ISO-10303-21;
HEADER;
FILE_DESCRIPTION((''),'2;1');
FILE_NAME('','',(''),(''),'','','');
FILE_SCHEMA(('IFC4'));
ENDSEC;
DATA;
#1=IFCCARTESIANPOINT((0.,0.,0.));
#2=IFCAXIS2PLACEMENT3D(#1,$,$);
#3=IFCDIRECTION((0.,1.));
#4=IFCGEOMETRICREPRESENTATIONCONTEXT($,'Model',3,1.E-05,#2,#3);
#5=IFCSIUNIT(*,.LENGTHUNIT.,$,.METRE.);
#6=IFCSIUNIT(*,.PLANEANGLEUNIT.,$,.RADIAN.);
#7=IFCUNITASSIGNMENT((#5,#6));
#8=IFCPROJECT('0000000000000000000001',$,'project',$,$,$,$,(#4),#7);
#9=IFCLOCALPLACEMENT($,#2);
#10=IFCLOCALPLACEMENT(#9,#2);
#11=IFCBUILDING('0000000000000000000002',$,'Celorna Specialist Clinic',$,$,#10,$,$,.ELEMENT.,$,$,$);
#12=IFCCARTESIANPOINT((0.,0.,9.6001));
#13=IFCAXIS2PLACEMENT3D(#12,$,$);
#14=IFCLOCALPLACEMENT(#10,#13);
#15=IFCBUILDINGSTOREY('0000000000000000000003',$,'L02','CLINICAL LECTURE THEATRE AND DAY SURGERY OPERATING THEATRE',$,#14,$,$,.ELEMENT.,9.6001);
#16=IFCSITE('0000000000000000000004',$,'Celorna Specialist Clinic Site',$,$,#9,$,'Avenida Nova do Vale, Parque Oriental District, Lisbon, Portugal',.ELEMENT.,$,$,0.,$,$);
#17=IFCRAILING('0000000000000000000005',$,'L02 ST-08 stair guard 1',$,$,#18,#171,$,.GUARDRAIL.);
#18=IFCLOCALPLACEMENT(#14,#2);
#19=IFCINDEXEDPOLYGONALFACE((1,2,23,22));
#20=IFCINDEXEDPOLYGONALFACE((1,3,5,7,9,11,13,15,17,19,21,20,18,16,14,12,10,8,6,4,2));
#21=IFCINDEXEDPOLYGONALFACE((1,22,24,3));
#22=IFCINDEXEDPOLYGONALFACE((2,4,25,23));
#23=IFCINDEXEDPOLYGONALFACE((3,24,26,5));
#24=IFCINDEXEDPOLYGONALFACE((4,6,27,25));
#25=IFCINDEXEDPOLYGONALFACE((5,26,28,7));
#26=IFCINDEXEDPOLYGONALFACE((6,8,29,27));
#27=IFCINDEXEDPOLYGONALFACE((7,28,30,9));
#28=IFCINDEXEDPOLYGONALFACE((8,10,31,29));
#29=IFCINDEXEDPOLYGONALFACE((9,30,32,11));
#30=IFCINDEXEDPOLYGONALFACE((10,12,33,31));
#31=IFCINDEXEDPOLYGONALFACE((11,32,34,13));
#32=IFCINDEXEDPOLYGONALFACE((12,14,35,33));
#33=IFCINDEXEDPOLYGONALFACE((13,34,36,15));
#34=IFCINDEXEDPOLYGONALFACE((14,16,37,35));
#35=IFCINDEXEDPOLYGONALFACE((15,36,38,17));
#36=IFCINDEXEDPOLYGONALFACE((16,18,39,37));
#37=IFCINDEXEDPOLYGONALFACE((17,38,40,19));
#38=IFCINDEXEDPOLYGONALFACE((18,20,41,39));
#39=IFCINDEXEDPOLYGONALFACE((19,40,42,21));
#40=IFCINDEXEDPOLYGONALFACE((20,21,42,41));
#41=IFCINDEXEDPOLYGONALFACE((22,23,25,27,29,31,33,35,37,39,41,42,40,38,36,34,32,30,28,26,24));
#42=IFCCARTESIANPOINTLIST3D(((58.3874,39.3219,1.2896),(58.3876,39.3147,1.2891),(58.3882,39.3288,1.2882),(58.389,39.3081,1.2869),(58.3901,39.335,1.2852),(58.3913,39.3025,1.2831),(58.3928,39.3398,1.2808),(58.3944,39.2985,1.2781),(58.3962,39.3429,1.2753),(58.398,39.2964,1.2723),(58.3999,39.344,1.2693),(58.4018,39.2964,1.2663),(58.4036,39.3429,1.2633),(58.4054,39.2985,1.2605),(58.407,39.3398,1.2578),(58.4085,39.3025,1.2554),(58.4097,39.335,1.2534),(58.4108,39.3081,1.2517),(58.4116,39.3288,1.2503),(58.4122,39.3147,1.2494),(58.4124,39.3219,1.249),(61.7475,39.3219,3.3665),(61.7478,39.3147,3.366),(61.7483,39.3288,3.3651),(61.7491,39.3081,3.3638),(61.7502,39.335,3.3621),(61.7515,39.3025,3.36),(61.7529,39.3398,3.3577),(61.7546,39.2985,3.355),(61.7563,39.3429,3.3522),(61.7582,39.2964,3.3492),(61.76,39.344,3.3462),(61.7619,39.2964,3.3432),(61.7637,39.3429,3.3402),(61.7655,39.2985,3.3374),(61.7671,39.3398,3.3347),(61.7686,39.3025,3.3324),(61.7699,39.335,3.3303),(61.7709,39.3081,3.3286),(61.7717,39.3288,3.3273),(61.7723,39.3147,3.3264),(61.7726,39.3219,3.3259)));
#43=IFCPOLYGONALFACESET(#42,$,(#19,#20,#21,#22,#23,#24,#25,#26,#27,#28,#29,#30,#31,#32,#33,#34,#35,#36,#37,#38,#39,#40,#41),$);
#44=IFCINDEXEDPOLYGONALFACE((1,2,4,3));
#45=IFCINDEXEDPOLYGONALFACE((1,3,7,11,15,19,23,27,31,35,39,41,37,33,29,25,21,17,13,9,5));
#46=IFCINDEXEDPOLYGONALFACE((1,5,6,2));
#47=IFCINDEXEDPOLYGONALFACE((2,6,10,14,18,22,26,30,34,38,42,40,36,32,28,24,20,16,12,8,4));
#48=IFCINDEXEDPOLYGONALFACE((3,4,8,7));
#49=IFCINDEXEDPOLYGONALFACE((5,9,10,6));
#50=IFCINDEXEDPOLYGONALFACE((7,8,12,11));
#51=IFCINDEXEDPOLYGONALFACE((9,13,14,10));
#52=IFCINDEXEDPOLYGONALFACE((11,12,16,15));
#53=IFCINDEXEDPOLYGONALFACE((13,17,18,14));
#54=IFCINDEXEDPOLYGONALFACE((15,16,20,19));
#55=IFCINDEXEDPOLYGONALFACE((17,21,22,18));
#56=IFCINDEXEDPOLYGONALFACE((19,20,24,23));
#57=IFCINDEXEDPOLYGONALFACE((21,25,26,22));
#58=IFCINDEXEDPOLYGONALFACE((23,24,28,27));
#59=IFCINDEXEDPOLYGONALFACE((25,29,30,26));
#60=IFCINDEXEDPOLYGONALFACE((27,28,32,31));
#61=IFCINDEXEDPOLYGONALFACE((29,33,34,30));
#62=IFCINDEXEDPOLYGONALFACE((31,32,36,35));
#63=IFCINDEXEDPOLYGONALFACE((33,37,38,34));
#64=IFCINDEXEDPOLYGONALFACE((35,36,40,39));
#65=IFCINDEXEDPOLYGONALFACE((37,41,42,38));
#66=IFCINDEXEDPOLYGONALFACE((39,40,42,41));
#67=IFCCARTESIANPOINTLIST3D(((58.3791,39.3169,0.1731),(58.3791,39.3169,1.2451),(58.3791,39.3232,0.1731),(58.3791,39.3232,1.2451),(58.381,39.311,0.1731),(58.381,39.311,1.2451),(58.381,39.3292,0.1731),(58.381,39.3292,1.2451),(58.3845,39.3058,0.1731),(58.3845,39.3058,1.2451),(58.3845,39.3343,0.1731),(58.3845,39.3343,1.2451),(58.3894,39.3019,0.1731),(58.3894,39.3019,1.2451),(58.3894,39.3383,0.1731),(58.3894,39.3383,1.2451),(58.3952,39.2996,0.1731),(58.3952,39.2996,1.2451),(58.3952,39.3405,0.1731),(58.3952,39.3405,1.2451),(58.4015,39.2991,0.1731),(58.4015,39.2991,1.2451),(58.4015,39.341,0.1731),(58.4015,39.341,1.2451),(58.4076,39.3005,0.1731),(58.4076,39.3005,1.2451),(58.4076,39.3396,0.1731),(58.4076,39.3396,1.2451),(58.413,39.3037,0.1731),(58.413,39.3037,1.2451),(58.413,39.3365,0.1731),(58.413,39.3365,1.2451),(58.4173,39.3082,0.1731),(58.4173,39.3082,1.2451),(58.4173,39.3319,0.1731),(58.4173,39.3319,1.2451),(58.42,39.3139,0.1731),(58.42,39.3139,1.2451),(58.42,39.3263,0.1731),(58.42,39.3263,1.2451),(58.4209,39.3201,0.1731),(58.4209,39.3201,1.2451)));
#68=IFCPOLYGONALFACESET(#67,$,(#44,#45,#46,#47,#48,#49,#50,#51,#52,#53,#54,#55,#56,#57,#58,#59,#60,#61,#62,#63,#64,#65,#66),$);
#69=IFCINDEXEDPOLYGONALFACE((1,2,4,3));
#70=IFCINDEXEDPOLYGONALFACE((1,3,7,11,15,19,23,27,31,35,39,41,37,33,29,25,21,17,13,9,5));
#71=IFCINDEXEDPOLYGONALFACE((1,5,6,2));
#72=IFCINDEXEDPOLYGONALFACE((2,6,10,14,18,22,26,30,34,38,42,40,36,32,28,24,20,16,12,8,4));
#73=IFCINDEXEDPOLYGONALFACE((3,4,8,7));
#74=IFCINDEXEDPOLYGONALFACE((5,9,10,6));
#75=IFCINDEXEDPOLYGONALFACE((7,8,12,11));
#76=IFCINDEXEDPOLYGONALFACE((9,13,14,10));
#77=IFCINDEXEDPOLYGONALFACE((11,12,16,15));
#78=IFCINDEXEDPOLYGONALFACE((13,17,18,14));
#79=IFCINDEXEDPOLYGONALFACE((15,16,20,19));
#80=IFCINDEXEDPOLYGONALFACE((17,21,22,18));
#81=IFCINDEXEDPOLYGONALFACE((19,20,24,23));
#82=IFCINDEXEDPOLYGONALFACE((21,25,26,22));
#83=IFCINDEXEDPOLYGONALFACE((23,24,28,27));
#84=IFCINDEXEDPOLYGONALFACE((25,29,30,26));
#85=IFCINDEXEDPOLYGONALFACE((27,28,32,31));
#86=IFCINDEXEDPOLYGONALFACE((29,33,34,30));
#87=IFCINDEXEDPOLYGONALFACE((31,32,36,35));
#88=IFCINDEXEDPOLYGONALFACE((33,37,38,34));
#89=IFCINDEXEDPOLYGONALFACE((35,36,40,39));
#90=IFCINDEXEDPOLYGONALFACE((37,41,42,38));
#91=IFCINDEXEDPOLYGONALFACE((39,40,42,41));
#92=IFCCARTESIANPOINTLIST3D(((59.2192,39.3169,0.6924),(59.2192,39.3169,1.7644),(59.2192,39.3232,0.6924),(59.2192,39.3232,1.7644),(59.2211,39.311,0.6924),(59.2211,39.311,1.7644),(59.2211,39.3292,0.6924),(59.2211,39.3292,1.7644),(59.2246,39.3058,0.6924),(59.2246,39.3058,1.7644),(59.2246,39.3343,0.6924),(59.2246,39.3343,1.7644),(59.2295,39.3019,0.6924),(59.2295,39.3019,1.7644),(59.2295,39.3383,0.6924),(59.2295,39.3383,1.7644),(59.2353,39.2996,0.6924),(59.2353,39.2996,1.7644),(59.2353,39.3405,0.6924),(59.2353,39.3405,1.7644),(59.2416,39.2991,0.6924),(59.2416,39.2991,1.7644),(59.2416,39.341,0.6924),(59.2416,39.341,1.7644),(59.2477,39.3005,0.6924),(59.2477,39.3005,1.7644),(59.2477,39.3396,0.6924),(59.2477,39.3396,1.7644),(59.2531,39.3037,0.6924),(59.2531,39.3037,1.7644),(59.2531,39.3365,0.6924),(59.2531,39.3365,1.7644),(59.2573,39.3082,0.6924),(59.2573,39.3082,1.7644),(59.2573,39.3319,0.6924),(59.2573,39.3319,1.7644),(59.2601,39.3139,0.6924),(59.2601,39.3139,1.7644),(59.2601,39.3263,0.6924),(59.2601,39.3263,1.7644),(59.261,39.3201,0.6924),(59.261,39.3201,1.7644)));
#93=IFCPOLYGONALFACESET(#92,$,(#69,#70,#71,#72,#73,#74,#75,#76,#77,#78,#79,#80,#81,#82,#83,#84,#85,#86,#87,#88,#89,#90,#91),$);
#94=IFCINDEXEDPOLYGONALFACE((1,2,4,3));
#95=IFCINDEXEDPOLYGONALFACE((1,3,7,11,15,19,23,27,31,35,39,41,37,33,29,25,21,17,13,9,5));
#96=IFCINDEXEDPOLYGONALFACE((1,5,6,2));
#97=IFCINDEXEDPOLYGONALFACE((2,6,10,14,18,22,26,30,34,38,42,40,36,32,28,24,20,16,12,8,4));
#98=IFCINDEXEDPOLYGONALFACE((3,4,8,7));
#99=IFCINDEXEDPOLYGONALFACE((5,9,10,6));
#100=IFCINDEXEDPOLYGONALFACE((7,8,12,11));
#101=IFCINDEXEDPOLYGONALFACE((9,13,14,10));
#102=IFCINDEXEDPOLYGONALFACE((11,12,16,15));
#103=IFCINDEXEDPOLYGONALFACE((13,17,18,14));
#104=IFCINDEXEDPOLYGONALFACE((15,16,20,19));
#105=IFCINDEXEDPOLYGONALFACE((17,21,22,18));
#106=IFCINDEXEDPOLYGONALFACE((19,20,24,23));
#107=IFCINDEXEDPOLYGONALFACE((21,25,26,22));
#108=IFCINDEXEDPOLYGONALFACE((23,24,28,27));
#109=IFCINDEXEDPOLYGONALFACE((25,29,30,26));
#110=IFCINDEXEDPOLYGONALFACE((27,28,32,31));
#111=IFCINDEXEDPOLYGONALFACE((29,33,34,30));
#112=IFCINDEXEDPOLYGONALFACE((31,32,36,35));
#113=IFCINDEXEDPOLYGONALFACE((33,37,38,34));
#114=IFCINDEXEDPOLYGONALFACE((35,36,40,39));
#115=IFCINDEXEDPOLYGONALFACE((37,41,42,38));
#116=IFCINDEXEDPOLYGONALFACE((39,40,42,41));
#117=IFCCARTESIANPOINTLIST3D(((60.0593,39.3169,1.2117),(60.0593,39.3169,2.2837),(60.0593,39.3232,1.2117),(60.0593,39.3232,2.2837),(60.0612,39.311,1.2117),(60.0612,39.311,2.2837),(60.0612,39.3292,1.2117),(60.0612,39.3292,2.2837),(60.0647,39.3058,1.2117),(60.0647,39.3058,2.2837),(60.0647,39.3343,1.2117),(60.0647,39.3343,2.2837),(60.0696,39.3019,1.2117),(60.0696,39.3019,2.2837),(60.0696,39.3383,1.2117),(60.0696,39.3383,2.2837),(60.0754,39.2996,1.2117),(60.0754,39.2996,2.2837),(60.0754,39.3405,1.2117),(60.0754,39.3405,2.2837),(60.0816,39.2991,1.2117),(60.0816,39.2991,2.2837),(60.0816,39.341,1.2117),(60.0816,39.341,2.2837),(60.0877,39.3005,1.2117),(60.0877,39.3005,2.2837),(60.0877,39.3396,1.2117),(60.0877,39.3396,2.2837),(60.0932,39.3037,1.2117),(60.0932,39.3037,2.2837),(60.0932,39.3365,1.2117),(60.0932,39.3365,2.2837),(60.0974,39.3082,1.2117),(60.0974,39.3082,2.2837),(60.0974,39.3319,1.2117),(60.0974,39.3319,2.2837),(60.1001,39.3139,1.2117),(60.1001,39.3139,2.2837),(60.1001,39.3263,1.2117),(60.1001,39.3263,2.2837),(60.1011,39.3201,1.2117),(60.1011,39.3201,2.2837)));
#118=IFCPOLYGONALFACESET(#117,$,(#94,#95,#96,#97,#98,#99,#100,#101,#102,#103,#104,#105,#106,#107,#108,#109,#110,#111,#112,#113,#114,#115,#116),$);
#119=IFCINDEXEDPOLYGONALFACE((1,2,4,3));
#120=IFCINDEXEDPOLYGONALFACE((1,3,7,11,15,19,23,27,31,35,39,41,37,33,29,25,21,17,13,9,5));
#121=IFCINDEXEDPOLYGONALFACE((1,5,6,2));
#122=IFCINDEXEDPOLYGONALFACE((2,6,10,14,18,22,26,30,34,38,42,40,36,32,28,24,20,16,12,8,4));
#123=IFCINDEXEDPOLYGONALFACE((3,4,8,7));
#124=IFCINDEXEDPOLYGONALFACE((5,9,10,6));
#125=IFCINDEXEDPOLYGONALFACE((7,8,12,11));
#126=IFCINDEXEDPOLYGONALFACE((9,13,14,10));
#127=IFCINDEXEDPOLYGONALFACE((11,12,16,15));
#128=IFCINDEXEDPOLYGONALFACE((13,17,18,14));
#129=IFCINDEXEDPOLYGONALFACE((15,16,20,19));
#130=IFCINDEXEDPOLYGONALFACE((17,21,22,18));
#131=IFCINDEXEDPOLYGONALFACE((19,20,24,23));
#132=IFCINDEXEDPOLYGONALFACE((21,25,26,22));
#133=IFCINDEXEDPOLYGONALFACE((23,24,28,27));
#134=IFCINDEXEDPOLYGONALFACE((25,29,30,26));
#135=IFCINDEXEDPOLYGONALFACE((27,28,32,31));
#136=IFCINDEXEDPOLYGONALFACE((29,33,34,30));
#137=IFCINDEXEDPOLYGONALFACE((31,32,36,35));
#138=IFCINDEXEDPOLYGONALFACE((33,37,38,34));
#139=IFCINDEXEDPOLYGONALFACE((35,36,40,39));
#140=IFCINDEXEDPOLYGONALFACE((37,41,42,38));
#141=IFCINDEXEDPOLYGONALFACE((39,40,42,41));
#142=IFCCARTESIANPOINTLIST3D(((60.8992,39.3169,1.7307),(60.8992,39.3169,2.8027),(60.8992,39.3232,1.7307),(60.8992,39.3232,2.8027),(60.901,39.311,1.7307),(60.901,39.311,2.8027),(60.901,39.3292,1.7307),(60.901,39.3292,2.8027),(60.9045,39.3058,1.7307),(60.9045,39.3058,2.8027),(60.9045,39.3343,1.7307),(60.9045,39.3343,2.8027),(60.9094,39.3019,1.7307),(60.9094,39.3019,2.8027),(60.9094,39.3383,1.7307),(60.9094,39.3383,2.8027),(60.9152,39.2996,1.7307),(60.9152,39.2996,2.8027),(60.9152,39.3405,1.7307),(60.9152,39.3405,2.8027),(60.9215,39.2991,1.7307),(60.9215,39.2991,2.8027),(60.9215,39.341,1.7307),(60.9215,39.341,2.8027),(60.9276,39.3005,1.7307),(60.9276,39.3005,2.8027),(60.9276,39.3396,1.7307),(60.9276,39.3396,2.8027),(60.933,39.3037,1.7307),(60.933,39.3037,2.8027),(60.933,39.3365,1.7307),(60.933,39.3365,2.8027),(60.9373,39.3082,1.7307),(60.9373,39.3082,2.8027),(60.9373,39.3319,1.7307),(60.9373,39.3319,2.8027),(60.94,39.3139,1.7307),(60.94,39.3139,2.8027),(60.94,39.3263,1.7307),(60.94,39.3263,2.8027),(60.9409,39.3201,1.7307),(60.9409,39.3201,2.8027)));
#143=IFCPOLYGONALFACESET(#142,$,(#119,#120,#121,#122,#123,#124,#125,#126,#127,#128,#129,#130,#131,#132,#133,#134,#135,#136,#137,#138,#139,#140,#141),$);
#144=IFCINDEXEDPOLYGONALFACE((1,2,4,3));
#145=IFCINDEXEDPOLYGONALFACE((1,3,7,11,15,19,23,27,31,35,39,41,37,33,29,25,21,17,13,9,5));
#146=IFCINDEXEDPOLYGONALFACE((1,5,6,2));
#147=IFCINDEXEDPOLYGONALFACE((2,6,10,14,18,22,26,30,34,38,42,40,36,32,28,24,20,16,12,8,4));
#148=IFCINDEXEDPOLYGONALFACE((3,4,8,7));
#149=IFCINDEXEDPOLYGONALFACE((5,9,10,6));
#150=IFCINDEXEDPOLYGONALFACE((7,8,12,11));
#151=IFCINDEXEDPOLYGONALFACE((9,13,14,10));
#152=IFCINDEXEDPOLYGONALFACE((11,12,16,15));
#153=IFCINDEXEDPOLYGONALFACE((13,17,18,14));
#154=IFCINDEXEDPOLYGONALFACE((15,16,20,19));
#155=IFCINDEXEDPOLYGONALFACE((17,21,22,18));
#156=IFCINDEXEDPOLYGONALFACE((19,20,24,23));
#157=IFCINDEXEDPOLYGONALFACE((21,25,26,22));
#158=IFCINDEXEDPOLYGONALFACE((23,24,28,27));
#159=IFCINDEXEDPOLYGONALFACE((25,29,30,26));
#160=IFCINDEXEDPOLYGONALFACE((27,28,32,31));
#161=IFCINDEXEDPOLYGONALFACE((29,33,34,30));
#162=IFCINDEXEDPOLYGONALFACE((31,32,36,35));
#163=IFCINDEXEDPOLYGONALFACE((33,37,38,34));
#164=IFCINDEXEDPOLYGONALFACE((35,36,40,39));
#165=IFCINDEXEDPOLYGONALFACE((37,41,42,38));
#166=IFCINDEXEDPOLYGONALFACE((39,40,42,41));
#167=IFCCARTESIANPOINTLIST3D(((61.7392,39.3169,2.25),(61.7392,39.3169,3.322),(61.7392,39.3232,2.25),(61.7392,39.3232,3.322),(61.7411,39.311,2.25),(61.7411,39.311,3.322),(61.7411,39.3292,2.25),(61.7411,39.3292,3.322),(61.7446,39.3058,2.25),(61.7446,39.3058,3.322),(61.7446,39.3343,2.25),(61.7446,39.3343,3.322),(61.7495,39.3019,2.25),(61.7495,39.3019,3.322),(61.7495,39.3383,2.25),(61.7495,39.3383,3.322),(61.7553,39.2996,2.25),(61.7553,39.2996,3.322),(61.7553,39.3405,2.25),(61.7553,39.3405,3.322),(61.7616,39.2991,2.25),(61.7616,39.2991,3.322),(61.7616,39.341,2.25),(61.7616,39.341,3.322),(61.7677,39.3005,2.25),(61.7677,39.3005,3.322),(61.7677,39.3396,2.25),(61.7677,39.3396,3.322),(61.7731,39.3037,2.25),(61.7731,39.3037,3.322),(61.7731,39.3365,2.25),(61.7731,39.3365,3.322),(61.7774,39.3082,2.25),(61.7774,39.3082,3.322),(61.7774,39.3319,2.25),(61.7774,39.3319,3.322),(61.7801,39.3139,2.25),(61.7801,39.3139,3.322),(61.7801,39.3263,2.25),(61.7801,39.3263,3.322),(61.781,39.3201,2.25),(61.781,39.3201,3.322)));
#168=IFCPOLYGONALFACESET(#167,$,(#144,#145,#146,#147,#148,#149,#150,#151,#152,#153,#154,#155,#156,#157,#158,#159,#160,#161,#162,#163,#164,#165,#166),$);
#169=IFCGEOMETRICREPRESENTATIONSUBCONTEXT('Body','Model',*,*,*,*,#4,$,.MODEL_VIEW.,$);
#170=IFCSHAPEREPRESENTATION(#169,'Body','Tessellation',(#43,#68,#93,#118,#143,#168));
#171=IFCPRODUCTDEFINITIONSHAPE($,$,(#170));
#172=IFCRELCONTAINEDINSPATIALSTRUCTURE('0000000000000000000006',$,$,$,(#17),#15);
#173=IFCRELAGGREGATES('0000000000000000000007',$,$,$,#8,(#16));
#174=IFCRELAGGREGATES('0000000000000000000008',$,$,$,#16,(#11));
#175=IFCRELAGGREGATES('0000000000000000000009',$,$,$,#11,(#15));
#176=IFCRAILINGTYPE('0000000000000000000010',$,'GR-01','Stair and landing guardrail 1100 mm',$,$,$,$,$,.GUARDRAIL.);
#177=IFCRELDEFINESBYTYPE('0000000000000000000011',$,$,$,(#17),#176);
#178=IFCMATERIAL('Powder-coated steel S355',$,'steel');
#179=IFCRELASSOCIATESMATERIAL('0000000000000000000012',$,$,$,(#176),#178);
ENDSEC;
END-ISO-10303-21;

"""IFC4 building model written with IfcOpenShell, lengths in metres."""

from ifc_helpers import new_model, si_unit, direction, frame, origin, origin_2d, place, context, subcontext, project, spatial, circle, extrude, material, type_object, element, save


model = new_model("IFC4")

# Units and contexts
model_context = context("Model", 3, precision=1e-05, world=origin(), true_north=direction((0.0, 1.0)))
body_context = subcontext(model_context, "Body", "Model", "MODEL_VIEW")
ifc_project = project(units=[si_unit("LENGTHUNIT", "METRE"), si_unit("PLANEANGLEUNIT", "RADIAN")], contexts=[model_context])

# Site, building, storey
site_placement = place(None, origin())
site = spatial("IfcSite", under=ifc_project, at=site_placement, Name="Celorna Specialist Clinic Site", LongName="Avenida Nova do Vale, Parque Oriental District, Lisbon, Portugal", CompositionType="ELEMENT", RefElevation=0.0)
building_placement = place(site_placement, origin())
building = spatial("IfcBuilding", under=site, at=building_placement, Name="Celorna Specialist Clinic", CompositionType="ELEMENT")
storey_placement = place(building_placement, frame((0.0, 0.0, 9.6001)))
storey = spatial("IfcBuildingStorey", under=building, at=storey_placement, Name="L02", Description="CLINICAL LECTURE THEATRE AND DAY SURGERY OPERATING THEATRE", CompositionType="ELEMENT", Elevation=9.6001)

# Railing
ifc_material_1 = material(Name="Powder-coated steel S355", Category="steel")
railing_type_1 = type_object("IfcRailingType", Name="GR-01", Description="Stair and landing guardrail 1100 mm", PredefinedType="GUARDRAIL", material=ifc_material_1)
railing_1_placement = place(storey_placement, frame((58.3999, 39.3201, 0.1731)))
element("IfcRailing", 1, at=railing_1_placement, inside=storey, type_object=railing_type_1, Name="L02 ST-08 stair guard 1", PredefinedType="GUARDRAIL", context=body_context, shape_type="SweptSolid", body=[
    extrude(circle(Radius=0.0239, at=origin_2d()), frame((0.0, 0.0, 1.0962), z_axis=(0.850623, 0.0, 0.525776), x_axis=(0.0, 1.0, 0.0)), (0.0, 0.0, 1.0), 3.9502),
    extrude(circle(Radius=0.021, at=origin_2d()), origin(), (0.0, 0.0, 1.0), 1.072),
    extrude(circle(Radius=0.021, at=origin_2d()), frame((0.8401, 0.0, 0.5193)), (0.0, 0.0, 1.0), 1.072),
    extrude(circle(Radius=0.021, at=origin_2d()), frame((1.6802, 0.0, 1.0386)), (0.0, 0.0, 1.0), 1.072),
    extrude(circle(Radius=0.021, at=origin_2d()), frame((2.52, 0.0, 1.5576)), (0.0, 0.0, 1.0), 1.072),
    extrude(circle(Radius=0.021, at=origin_2d()), frame((3.3601, 0.0, 2.0769)), (0.0, 0.0, 1.0), 1.072),
])

save(model, "model.ifc")
